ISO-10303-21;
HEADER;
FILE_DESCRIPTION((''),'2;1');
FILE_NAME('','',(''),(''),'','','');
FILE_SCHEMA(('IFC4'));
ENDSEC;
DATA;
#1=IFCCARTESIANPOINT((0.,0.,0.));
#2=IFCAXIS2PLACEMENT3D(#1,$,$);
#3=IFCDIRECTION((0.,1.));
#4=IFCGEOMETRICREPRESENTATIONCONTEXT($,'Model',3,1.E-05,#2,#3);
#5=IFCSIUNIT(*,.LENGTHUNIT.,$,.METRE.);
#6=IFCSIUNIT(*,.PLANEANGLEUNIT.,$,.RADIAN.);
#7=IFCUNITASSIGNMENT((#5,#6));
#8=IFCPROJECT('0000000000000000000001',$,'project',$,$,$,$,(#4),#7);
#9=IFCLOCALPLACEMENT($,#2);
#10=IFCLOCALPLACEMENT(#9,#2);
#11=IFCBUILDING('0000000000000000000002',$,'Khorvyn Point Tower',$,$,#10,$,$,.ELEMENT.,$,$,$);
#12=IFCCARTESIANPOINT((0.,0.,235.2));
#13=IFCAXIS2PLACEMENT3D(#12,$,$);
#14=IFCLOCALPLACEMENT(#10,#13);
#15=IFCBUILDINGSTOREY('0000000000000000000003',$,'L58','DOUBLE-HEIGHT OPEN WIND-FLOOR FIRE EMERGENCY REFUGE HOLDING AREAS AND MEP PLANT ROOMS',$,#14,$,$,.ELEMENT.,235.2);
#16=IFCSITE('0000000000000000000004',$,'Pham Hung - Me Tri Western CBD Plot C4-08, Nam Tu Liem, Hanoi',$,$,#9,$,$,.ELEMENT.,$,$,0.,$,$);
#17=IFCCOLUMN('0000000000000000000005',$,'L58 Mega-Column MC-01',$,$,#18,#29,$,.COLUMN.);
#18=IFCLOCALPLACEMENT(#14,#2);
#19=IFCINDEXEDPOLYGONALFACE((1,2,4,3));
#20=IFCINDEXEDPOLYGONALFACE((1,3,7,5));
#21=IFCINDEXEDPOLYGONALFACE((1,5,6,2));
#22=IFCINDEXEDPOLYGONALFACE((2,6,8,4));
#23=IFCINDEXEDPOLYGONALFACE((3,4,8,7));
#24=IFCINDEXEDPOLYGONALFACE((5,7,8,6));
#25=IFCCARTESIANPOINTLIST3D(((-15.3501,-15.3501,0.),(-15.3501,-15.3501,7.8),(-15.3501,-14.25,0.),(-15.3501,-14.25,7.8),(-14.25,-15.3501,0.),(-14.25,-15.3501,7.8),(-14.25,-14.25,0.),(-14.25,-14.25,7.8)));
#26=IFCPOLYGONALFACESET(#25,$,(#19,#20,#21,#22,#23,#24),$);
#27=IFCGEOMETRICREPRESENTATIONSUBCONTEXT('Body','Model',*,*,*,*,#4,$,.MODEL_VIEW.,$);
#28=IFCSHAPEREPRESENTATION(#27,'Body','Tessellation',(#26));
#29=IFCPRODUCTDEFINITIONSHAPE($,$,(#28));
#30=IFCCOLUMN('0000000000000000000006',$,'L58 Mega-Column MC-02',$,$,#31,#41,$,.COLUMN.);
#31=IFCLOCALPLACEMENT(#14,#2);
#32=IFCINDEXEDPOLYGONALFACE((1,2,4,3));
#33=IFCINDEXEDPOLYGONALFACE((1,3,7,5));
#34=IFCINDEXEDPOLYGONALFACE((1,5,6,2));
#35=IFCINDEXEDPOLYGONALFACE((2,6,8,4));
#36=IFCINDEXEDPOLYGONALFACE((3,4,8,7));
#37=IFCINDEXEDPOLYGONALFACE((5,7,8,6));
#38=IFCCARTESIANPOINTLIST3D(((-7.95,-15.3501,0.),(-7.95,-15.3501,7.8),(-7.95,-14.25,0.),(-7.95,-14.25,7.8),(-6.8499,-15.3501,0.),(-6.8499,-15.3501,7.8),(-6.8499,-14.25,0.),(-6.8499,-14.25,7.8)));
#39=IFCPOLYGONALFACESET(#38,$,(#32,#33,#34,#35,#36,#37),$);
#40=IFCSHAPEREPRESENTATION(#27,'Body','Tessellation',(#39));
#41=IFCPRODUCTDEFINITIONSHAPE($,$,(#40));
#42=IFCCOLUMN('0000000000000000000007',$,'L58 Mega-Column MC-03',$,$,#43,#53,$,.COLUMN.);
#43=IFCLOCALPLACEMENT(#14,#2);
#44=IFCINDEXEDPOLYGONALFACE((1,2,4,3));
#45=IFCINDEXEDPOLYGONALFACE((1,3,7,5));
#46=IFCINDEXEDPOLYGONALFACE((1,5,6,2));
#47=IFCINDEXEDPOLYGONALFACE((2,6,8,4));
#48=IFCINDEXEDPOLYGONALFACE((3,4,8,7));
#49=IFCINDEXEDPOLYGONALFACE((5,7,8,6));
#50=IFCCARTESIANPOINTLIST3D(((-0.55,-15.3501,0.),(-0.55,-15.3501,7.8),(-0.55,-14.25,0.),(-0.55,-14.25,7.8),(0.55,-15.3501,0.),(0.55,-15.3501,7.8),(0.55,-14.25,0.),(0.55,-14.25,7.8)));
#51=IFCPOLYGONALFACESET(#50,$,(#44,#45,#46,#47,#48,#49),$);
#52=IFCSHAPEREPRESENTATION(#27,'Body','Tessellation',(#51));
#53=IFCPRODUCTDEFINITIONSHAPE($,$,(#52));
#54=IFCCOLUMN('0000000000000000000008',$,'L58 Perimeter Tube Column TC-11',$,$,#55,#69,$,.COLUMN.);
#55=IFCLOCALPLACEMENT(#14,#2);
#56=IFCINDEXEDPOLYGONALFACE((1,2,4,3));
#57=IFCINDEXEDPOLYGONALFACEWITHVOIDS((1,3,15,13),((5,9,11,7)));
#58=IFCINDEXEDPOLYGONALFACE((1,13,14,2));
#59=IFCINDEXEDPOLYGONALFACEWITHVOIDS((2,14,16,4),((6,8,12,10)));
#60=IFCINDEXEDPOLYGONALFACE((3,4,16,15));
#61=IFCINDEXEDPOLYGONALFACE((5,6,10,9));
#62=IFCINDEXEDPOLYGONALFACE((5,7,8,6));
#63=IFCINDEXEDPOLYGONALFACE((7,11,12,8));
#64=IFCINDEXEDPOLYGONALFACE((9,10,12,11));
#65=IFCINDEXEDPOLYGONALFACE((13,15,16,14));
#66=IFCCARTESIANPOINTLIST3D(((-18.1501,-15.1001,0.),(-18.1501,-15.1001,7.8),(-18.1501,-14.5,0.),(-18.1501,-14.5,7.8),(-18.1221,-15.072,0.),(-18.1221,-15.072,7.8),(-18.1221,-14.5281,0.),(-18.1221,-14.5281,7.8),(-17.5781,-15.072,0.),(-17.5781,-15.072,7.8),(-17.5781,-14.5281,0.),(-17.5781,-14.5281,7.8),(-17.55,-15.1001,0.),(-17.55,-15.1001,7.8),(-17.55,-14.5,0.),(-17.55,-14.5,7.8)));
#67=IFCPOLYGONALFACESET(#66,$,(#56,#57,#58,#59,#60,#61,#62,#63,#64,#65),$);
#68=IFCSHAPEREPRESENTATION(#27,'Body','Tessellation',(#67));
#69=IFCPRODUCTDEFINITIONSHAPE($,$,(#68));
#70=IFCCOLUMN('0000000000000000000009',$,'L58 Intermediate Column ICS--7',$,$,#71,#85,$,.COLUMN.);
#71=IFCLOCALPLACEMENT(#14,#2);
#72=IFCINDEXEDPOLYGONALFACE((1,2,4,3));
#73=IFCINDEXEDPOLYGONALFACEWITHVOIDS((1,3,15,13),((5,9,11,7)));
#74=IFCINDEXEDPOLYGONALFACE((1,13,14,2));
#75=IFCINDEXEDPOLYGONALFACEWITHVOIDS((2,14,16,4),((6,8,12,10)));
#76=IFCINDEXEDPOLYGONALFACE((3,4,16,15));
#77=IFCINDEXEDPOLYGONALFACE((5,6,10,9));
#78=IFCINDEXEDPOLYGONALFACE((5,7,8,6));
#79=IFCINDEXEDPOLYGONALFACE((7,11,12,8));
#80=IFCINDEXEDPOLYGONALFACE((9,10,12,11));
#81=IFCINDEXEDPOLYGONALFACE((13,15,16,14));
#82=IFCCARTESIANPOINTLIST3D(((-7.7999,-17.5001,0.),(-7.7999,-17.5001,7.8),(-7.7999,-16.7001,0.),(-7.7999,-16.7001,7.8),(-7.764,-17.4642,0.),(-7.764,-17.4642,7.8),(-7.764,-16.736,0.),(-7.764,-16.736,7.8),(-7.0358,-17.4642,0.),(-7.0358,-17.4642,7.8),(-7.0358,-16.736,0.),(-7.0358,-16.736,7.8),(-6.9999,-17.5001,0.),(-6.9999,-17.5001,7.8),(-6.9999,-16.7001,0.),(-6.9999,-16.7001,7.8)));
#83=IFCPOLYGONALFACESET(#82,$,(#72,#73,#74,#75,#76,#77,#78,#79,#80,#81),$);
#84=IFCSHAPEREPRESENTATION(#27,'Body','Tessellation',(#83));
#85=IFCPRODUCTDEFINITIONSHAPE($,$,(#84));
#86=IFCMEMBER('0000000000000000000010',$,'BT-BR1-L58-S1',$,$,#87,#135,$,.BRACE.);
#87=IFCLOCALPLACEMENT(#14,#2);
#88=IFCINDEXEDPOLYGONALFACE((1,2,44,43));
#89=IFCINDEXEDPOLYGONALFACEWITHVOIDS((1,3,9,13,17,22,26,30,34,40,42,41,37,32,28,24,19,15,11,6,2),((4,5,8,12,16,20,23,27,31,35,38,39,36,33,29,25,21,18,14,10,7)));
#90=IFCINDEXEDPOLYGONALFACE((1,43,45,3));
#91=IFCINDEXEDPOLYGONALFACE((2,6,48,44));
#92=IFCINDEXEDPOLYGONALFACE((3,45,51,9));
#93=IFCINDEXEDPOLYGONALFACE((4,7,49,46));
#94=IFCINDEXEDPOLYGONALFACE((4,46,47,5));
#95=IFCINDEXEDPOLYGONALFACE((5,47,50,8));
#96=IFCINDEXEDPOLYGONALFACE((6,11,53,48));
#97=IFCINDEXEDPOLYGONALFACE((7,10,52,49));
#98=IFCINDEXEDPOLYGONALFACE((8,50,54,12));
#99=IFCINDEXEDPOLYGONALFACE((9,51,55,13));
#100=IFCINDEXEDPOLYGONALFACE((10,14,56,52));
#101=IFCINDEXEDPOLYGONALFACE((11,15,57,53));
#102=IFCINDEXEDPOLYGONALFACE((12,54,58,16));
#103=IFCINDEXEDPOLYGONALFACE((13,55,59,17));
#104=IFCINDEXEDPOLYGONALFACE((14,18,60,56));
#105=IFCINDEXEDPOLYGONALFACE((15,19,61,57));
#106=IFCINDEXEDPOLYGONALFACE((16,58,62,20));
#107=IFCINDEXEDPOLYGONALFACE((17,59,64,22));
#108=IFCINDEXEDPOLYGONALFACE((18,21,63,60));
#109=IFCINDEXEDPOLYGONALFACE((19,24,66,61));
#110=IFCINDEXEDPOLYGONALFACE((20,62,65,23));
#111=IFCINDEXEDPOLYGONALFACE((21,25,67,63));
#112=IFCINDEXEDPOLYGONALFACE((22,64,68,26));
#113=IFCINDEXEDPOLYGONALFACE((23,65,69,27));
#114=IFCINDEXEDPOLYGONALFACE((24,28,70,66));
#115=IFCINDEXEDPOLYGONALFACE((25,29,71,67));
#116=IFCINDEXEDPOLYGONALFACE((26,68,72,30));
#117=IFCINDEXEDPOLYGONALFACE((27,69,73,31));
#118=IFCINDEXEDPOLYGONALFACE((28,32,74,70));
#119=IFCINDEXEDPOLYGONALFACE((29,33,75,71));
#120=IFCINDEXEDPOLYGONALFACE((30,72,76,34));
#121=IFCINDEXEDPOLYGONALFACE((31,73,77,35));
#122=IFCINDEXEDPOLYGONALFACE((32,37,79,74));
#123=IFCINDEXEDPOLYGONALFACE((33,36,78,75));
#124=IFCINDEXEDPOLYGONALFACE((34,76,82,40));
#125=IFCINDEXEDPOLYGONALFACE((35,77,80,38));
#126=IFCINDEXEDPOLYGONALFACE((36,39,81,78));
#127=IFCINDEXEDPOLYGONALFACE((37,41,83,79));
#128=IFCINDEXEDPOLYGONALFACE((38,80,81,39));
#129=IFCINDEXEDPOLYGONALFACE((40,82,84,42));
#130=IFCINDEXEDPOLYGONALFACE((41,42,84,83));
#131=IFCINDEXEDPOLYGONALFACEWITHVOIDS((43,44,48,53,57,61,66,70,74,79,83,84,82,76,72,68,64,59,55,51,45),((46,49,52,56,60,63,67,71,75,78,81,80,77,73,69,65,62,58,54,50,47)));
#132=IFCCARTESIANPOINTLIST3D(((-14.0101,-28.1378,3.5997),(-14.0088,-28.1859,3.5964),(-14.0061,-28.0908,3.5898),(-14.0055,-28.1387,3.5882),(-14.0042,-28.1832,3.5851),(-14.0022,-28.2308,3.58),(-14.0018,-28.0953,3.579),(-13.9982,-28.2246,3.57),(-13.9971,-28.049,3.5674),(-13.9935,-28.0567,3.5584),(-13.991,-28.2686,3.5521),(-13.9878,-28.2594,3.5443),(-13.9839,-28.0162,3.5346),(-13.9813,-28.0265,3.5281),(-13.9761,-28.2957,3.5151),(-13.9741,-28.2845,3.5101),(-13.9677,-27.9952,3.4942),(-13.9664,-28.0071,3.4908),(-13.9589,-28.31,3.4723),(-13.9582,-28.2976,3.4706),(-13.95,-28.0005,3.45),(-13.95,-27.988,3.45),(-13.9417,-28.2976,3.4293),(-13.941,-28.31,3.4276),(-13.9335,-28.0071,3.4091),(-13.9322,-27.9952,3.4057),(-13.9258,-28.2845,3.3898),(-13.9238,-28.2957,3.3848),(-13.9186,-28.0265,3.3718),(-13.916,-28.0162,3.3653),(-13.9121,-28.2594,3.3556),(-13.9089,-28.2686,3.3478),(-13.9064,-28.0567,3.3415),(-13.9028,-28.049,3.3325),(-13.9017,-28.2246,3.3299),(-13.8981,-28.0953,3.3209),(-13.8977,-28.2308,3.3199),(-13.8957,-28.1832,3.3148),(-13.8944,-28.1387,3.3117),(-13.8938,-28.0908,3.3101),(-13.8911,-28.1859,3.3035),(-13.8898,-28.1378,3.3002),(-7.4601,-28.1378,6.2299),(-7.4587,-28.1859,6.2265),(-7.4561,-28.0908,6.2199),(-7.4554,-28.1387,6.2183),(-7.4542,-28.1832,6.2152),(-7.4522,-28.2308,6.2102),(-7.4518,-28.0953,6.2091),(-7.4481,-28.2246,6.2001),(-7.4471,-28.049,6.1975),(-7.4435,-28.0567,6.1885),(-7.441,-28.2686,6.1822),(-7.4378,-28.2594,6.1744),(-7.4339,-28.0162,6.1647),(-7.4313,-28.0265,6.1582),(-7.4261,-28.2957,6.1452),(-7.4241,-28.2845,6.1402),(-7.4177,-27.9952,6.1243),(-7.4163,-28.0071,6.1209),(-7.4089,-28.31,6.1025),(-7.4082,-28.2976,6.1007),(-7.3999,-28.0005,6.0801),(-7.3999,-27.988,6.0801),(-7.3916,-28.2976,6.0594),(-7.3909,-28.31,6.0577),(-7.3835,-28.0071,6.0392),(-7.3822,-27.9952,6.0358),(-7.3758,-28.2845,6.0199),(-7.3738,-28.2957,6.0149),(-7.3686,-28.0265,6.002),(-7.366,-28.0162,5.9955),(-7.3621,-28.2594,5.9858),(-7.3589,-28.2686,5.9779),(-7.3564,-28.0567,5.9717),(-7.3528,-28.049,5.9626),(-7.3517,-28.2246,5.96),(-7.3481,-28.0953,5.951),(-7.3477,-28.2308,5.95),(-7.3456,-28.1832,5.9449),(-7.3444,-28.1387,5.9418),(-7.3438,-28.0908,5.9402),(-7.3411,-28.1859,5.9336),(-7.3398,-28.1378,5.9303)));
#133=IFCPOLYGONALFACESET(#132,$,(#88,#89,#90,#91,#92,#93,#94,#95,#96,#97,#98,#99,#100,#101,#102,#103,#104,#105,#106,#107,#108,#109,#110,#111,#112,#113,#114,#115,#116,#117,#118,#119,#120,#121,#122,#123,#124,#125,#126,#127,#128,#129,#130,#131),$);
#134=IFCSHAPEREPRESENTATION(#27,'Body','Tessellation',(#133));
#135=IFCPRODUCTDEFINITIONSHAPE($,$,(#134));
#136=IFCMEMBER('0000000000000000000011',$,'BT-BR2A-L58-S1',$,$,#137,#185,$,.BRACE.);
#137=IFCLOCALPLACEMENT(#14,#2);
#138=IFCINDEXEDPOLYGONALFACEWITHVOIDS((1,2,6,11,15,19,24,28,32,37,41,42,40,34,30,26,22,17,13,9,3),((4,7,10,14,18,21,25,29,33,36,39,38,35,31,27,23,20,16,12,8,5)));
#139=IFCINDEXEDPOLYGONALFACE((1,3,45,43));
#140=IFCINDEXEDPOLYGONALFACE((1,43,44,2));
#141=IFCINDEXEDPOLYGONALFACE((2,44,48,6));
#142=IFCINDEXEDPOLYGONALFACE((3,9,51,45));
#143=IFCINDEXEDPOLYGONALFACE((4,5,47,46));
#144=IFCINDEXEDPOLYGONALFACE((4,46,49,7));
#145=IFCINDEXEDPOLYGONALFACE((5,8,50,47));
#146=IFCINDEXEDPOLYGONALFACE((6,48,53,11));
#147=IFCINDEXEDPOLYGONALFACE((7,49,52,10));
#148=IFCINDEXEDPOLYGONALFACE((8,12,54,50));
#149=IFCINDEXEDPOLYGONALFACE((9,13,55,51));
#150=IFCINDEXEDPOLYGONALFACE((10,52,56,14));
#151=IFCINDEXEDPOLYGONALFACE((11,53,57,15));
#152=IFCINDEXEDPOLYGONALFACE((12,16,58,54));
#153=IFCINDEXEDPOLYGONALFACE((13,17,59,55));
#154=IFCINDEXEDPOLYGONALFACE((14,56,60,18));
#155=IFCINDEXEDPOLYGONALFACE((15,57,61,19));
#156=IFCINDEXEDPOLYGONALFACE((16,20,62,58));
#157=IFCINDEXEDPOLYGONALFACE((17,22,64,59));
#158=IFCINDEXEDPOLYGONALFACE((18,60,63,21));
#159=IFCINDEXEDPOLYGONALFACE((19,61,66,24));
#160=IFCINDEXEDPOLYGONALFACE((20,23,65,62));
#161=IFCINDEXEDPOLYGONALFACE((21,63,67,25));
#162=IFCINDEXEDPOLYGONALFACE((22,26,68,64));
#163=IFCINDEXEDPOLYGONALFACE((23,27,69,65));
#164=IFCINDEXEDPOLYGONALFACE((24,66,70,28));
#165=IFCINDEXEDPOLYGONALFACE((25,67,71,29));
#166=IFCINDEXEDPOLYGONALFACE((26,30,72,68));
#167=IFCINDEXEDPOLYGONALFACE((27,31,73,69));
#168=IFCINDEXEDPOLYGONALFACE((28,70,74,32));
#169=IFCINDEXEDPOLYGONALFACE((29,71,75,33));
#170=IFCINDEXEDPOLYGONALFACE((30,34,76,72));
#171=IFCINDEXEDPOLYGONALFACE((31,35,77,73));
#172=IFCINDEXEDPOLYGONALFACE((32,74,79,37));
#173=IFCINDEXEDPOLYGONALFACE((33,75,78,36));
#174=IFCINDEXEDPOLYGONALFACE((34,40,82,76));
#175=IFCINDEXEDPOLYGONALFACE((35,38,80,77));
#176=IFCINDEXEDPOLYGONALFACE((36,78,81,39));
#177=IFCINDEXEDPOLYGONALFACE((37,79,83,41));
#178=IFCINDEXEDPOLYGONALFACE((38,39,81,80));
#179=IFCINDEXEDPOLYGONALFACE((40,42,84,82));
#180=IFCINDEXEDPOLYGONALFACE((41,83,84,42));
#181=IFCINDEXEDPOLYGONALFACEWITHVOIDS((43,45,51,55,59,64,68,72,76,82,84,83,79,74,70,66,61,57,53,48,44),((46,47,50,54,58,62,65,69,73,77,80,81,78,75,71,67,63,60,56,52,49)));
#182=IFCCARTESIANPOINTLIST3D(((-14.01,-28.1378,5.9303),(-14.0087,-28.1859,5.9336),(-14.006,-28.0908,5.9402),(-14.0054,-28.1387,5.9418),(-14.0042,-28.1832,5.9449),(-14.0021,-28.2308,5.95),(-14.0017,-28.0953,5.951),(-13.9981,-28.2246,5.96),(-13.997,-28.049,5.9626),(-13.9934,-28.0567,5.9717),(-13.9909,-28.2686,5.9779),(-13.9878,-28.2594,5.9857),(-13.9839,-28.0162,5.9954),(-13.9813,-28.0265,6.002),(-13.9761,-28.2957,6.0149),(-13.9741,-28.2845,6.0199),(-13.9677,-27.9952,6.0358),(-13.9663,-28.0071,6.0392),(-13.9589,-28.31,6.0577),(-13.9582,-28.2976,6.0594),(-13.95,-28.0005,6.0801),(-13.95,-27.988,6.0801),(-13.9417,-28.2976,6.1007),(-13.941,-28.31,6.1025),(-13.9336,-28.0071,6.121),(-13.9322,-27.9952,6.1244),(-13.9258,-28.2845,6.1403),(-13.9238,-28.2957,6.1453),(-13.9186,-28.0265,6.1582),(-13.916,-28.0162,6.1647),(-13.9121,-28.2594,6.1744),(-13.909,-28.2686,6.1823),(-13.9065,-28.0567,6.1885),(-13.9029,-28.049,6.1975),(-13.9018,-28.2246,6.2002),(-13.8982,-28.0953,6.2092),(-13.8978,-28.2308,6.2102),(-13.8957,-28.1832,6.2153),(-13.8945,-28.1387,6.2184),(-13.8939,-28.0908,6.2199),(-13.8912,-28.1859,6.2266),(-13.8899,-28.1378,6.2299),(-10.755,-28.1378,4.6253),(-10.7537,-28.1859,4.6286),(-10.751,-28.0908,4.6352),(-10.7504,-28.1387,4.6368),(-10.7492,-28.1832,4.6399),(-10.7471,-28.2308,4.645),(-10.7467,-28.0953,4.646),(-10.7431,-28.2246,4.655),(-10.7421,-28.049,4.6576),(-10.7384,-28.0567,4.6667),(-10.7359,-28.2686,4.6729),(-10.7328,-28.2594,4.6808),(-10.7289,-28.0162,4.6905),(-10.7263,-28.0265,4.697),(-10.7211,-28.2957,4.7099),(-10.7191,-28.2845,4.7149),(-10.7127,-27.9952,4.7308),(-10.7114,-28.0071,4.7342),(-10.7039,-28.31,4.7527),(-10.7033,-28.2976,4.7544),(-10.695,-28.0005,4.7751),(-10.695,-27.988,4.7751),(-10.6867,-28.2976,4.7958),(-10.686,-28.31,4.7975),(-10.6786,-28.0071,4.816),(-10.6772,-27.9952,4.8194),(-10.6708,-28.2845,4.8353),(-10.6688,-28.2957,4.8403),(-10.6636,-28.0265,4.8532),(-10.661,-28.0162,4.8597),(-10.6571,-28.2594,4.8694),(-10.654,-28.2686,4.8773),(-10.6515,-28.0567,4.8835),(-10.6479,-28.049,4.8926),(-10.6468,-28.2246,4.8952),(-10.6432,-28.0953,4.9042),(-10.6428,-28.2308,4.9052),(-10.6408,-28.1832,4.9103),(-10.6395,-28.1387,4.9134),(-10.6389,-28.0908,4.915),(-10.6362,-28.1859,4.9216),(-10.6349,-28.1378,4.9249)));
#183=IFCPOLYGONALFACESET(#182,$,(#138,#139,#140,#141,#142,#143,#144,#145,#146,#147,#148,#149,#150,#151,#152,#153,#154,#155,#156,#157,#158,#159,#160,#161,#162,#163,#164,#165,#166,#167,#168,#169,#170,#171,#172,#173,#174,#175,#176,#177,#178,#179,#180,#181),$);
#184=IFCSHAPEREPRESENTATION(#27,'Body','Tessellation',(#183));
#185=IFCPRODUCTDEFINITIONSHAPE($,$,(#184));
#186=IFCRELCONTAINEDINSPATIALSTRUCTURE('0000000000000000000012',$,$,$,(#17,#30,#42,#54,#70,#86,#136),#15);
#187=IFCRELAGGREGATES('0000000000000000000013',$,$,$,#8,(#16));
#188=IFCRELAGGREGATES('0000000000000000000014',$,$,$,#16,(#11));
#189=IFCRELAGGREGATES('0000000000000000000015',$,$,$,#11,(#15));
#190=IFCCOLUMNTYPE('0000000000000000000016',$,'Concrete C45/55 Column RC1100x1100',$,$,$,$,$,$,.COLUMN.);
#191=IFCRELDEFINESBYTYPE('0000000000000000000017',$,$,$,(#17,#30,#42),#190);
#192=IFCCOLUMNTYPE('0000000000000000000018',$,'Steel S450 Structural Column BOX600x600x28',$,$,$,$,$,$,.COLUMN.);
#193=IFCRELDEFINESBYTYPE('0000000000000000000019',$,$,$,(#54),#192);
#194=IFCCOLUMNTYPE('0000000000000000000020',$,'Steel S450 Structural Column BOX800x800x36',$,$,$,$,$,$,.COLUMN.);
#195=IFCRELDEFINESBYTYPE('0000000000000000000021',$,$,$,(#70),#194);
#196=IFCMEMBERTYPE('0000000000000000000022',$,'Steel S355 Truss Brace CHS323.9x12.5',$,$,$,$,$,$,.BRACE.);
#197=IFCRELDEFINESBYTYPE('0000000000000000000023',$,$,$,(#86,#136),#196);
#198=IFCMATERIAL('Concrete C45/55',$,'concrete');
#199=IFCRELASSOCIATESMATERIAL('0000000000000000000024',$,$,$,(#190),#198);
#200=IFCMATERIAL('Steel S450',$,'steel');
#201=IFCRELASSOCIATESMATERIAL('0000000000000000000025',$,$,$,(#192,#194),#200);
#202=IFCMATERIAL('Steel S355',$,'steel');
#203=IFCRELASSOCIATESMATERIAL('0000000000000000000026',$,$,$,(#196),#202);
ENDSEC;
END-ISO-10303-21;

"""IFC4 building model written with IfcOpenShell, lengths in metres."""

from ifc_helpers import new_model, si_unit, direction, frame, origin, origin_2d, place, context, subcontext, project, spatial, rectangle, hollow_rectangle, hollow_circle, extrude, material, material_profile, profile_set, type_object, element, save


model = new_model("IFC4")

# Units and contexts
model_context = context("Model", 3, precision=1e-05, world=origin(), true_north=direction((0.0, 1.0)))
body_context = subcontext(model_context, "Body", "Model", "MODEL_VIEW")
ifc_project = project(units=[si_unit("LENGTHUNIT", "METRE"), si_unit("PLANEANGLEUNIT", "RADIAN")], contexts=[model_context])

# Site, building, storey
site_placement = place(None, origin())
site = spatial("IfcSite", under=ifc_project, at=site_placement, Name="Pham Hung - Me Tri Western CBD Plot C4-08, Nam Tu Liem, Hanoi", CompositionType="ELEMENT", RefElevation=0.0)
building_placement = place(site_placement, origin())
building = spatial("IfcBuilding", under=site, at=building_placement, Name="Khorvyn Point Tower", CompositionType="ELEMENT")
storey_placement = place(building_placement, frame((0.0, 0.0, 235.2)))
storey = spatial("IfcBuildingStorey", under=building, at=storey_placement, Name="L58", Description="DOUBLE-HEIGHT OPEN WIND-FLOOR FIRE EMERGENCY REFUGE HOLDING AREAS AND MEP PLANT ROOMS", CompositionType="ELEMENT", Elevation=235.2)

# Columns
ifc_material_1 = material(Name="Concrete C45/55", Category="concrete")
ifc_material_profile_1 = material_profile(ifc_material_1, rectangle(XDim=1.1001, YDim=1.1001, at=origin_2d()))
ifc_profile_set_1 = profile_set([ifc_material_profile_1], Name="Concrete C45/55 RC1100x1100")
column_type_1 = type_object("IfcColumnType", Name="Concrete C45/55 Column RC1100x1100", PredefinedType="COLUMN", material=ifc_profile_set_1)
for number, where, z_axis, x_axis, name in (
    (1, (-14.8, -14.8, 0.0), (0.0, 0.0, 1.0), (1.0, 0.0, 0.0), "L58 Mega-Column MC-01"),
    (2, (-7.3999, -14.8, 0.0), (0.0, 0.0, 1.0), (1.0, 0.0, 0.0), "L58 Mega-Column MC-02"),
    (3, (0.0, -14.8, 0.0), (0.0, 0.0, 1.0), (1.0, 0.0, 0.0), "L58 Mega-Column MC-03"),
):
    element("IfcColumn", number, at=place(storey_placement, frame(where, z_axis=z_axis, x_axis=x_axis)), inside=storey, type_object=column_type_1, Name=name, PredefinedType="COLUMN", context=body_context, shape_type="SweptSolid", body=[
        extrude(rectangle(XDim=1.1001, YDim=1.1001, at=origin_2d()), origin(), (0.0, 0.0, 1.0), 7.8),
    ])
ifc_material_2 = material(Name="Steel S450", Category="steel")
ifc_material_profile_2 = material_profile(ifc_material_2, hollow_rectangle(XDim=0.6001, YDim=0.6001, WallThickness=0.0281, at=origin_2d()))
ifc_profile_set_2 = profile_set([ifc_material_profile_2], Name="Steel S450 BOX600x600x28")
column_type_2 = type_object("IfcColumnType", Name="Steel S450 Structural Column BOX600x600x28", PredefinedType="COLUMN", material=ifc_profile_set_2)
column_1_placement = place(storey_placement, frame((-17.8501, -14.8, 0.0), z_axis=(0.0, 0.0, 1.0), x_axis=(1.0, 0.0, 0.0)))
element("IfcColumn", 4, at=column_1_placement, inside=storey, type_object=column_type_2, Name="L58 Perimeter Tube Column TC-11", PredefinedType="COLUMN", context=body_context, shape_type="SweptSolid", body=[
    extrude(hollow_rectangle(XDim=0.6001, YDim=0.6001, WallThickness=0.0281, at=origin_2d()), origin(), (0.0, 0.0, 1.0), 7.8),
])
ifc_material_profile_3 = material_profile(ifc_material_2, hollow_rectangle(XDim=0.8, YDim=0.8, WallThickness=0.0359, at=origin_2d()))
ifc_profile_set_3 = profile_set([ifc_material_profile_3], Name="Steel S450 BOX800x800x36")
column_type_3 = type_object("IfcColumnType", Name="Steel S450 Structural Column BOX800x800x36", PredefinedType="COLUMN", material=ifc_profile_set_3)
column_2_placement = place(storey_placement, frame((-7.3999, -17.1001, 0.0), z_axis=(0.0, 0.0, 1.0), x_axis=(1.0, 0.0, 0.0)))
element("IfcColumn", 5, at=column_2_placement, inside=storey, type_object=column_type_3, Name="L58 Intermediate Column ICS--7", PredefinedType="COLUMN", context=body_context, shape_type="SweptSolid", body=[
    extrude(hollow_rectangle(XDim=0.8, YDim=0.8, WallThickness=0.0359, at=origin_2d()), origin(), (0.0, 0.0, 1.0), 7.8),
])

# Members
ifc_material_3 = material(Name="Steel S355", Category="steel")
ifc_material_profile_4 = material_profile(ifc_material_3, hollow_circle(Radius=0.1619, WallThickness=0.0125, at=origin_2d()))
ifc_profile_set_4 = profile_set([ifc_material_profile_4], Name="Steel S355 CHS323.9x12.5")
member_type_1 = type_object("IfcMemberType", Name="Steel S355 Truss Brace CHS323.9x12.5", PredefinedType="BRACE", material=ifc_profile_set_4)
member_1_placement = place(storey_placement, frame((-13.95, -28.1499, 3.45), z_axis=(0.927982, 0.0, 0.372625), x_axis=(0.0, 1.0, 0.0)))
element("IfcMember", 6, at=member_1_placement, inside=storey, type_object=member_type_1, Name="BT-BR1-L58-S1", PredefinedType="BRACE", context=body_context, shape_type="SweptSolid", body=[
    extrude(hollow_circle(Radius=0.1619, WallThickness=0.0125, at=origin_2d()), origin(), (0.0, 0.0, 1.0), 7.0583),
])
member_2_placement = place(storey_placement, frame((-13.95, -28.1499, 6.0801), z_axis=(0.928184, 0.0, -0.372123), x_axis=(0.0, 1.0, 0.0)))
element("IfcMember", 7, at=member_2_placement, inside=storey, type_object=member_type_1, Name="BT-BR2A-L58-S1", PredefinedType="BRACE", context=body_context, shape_type="SweptSolid", body=[
    extrude(hollow_circle(Radius=0.1619, WallThickness=0.0125, at=origin_2d()), origin(), (0.0, 0.0, 1.0), 3.5068),
])

save(model, "model.ifc")
